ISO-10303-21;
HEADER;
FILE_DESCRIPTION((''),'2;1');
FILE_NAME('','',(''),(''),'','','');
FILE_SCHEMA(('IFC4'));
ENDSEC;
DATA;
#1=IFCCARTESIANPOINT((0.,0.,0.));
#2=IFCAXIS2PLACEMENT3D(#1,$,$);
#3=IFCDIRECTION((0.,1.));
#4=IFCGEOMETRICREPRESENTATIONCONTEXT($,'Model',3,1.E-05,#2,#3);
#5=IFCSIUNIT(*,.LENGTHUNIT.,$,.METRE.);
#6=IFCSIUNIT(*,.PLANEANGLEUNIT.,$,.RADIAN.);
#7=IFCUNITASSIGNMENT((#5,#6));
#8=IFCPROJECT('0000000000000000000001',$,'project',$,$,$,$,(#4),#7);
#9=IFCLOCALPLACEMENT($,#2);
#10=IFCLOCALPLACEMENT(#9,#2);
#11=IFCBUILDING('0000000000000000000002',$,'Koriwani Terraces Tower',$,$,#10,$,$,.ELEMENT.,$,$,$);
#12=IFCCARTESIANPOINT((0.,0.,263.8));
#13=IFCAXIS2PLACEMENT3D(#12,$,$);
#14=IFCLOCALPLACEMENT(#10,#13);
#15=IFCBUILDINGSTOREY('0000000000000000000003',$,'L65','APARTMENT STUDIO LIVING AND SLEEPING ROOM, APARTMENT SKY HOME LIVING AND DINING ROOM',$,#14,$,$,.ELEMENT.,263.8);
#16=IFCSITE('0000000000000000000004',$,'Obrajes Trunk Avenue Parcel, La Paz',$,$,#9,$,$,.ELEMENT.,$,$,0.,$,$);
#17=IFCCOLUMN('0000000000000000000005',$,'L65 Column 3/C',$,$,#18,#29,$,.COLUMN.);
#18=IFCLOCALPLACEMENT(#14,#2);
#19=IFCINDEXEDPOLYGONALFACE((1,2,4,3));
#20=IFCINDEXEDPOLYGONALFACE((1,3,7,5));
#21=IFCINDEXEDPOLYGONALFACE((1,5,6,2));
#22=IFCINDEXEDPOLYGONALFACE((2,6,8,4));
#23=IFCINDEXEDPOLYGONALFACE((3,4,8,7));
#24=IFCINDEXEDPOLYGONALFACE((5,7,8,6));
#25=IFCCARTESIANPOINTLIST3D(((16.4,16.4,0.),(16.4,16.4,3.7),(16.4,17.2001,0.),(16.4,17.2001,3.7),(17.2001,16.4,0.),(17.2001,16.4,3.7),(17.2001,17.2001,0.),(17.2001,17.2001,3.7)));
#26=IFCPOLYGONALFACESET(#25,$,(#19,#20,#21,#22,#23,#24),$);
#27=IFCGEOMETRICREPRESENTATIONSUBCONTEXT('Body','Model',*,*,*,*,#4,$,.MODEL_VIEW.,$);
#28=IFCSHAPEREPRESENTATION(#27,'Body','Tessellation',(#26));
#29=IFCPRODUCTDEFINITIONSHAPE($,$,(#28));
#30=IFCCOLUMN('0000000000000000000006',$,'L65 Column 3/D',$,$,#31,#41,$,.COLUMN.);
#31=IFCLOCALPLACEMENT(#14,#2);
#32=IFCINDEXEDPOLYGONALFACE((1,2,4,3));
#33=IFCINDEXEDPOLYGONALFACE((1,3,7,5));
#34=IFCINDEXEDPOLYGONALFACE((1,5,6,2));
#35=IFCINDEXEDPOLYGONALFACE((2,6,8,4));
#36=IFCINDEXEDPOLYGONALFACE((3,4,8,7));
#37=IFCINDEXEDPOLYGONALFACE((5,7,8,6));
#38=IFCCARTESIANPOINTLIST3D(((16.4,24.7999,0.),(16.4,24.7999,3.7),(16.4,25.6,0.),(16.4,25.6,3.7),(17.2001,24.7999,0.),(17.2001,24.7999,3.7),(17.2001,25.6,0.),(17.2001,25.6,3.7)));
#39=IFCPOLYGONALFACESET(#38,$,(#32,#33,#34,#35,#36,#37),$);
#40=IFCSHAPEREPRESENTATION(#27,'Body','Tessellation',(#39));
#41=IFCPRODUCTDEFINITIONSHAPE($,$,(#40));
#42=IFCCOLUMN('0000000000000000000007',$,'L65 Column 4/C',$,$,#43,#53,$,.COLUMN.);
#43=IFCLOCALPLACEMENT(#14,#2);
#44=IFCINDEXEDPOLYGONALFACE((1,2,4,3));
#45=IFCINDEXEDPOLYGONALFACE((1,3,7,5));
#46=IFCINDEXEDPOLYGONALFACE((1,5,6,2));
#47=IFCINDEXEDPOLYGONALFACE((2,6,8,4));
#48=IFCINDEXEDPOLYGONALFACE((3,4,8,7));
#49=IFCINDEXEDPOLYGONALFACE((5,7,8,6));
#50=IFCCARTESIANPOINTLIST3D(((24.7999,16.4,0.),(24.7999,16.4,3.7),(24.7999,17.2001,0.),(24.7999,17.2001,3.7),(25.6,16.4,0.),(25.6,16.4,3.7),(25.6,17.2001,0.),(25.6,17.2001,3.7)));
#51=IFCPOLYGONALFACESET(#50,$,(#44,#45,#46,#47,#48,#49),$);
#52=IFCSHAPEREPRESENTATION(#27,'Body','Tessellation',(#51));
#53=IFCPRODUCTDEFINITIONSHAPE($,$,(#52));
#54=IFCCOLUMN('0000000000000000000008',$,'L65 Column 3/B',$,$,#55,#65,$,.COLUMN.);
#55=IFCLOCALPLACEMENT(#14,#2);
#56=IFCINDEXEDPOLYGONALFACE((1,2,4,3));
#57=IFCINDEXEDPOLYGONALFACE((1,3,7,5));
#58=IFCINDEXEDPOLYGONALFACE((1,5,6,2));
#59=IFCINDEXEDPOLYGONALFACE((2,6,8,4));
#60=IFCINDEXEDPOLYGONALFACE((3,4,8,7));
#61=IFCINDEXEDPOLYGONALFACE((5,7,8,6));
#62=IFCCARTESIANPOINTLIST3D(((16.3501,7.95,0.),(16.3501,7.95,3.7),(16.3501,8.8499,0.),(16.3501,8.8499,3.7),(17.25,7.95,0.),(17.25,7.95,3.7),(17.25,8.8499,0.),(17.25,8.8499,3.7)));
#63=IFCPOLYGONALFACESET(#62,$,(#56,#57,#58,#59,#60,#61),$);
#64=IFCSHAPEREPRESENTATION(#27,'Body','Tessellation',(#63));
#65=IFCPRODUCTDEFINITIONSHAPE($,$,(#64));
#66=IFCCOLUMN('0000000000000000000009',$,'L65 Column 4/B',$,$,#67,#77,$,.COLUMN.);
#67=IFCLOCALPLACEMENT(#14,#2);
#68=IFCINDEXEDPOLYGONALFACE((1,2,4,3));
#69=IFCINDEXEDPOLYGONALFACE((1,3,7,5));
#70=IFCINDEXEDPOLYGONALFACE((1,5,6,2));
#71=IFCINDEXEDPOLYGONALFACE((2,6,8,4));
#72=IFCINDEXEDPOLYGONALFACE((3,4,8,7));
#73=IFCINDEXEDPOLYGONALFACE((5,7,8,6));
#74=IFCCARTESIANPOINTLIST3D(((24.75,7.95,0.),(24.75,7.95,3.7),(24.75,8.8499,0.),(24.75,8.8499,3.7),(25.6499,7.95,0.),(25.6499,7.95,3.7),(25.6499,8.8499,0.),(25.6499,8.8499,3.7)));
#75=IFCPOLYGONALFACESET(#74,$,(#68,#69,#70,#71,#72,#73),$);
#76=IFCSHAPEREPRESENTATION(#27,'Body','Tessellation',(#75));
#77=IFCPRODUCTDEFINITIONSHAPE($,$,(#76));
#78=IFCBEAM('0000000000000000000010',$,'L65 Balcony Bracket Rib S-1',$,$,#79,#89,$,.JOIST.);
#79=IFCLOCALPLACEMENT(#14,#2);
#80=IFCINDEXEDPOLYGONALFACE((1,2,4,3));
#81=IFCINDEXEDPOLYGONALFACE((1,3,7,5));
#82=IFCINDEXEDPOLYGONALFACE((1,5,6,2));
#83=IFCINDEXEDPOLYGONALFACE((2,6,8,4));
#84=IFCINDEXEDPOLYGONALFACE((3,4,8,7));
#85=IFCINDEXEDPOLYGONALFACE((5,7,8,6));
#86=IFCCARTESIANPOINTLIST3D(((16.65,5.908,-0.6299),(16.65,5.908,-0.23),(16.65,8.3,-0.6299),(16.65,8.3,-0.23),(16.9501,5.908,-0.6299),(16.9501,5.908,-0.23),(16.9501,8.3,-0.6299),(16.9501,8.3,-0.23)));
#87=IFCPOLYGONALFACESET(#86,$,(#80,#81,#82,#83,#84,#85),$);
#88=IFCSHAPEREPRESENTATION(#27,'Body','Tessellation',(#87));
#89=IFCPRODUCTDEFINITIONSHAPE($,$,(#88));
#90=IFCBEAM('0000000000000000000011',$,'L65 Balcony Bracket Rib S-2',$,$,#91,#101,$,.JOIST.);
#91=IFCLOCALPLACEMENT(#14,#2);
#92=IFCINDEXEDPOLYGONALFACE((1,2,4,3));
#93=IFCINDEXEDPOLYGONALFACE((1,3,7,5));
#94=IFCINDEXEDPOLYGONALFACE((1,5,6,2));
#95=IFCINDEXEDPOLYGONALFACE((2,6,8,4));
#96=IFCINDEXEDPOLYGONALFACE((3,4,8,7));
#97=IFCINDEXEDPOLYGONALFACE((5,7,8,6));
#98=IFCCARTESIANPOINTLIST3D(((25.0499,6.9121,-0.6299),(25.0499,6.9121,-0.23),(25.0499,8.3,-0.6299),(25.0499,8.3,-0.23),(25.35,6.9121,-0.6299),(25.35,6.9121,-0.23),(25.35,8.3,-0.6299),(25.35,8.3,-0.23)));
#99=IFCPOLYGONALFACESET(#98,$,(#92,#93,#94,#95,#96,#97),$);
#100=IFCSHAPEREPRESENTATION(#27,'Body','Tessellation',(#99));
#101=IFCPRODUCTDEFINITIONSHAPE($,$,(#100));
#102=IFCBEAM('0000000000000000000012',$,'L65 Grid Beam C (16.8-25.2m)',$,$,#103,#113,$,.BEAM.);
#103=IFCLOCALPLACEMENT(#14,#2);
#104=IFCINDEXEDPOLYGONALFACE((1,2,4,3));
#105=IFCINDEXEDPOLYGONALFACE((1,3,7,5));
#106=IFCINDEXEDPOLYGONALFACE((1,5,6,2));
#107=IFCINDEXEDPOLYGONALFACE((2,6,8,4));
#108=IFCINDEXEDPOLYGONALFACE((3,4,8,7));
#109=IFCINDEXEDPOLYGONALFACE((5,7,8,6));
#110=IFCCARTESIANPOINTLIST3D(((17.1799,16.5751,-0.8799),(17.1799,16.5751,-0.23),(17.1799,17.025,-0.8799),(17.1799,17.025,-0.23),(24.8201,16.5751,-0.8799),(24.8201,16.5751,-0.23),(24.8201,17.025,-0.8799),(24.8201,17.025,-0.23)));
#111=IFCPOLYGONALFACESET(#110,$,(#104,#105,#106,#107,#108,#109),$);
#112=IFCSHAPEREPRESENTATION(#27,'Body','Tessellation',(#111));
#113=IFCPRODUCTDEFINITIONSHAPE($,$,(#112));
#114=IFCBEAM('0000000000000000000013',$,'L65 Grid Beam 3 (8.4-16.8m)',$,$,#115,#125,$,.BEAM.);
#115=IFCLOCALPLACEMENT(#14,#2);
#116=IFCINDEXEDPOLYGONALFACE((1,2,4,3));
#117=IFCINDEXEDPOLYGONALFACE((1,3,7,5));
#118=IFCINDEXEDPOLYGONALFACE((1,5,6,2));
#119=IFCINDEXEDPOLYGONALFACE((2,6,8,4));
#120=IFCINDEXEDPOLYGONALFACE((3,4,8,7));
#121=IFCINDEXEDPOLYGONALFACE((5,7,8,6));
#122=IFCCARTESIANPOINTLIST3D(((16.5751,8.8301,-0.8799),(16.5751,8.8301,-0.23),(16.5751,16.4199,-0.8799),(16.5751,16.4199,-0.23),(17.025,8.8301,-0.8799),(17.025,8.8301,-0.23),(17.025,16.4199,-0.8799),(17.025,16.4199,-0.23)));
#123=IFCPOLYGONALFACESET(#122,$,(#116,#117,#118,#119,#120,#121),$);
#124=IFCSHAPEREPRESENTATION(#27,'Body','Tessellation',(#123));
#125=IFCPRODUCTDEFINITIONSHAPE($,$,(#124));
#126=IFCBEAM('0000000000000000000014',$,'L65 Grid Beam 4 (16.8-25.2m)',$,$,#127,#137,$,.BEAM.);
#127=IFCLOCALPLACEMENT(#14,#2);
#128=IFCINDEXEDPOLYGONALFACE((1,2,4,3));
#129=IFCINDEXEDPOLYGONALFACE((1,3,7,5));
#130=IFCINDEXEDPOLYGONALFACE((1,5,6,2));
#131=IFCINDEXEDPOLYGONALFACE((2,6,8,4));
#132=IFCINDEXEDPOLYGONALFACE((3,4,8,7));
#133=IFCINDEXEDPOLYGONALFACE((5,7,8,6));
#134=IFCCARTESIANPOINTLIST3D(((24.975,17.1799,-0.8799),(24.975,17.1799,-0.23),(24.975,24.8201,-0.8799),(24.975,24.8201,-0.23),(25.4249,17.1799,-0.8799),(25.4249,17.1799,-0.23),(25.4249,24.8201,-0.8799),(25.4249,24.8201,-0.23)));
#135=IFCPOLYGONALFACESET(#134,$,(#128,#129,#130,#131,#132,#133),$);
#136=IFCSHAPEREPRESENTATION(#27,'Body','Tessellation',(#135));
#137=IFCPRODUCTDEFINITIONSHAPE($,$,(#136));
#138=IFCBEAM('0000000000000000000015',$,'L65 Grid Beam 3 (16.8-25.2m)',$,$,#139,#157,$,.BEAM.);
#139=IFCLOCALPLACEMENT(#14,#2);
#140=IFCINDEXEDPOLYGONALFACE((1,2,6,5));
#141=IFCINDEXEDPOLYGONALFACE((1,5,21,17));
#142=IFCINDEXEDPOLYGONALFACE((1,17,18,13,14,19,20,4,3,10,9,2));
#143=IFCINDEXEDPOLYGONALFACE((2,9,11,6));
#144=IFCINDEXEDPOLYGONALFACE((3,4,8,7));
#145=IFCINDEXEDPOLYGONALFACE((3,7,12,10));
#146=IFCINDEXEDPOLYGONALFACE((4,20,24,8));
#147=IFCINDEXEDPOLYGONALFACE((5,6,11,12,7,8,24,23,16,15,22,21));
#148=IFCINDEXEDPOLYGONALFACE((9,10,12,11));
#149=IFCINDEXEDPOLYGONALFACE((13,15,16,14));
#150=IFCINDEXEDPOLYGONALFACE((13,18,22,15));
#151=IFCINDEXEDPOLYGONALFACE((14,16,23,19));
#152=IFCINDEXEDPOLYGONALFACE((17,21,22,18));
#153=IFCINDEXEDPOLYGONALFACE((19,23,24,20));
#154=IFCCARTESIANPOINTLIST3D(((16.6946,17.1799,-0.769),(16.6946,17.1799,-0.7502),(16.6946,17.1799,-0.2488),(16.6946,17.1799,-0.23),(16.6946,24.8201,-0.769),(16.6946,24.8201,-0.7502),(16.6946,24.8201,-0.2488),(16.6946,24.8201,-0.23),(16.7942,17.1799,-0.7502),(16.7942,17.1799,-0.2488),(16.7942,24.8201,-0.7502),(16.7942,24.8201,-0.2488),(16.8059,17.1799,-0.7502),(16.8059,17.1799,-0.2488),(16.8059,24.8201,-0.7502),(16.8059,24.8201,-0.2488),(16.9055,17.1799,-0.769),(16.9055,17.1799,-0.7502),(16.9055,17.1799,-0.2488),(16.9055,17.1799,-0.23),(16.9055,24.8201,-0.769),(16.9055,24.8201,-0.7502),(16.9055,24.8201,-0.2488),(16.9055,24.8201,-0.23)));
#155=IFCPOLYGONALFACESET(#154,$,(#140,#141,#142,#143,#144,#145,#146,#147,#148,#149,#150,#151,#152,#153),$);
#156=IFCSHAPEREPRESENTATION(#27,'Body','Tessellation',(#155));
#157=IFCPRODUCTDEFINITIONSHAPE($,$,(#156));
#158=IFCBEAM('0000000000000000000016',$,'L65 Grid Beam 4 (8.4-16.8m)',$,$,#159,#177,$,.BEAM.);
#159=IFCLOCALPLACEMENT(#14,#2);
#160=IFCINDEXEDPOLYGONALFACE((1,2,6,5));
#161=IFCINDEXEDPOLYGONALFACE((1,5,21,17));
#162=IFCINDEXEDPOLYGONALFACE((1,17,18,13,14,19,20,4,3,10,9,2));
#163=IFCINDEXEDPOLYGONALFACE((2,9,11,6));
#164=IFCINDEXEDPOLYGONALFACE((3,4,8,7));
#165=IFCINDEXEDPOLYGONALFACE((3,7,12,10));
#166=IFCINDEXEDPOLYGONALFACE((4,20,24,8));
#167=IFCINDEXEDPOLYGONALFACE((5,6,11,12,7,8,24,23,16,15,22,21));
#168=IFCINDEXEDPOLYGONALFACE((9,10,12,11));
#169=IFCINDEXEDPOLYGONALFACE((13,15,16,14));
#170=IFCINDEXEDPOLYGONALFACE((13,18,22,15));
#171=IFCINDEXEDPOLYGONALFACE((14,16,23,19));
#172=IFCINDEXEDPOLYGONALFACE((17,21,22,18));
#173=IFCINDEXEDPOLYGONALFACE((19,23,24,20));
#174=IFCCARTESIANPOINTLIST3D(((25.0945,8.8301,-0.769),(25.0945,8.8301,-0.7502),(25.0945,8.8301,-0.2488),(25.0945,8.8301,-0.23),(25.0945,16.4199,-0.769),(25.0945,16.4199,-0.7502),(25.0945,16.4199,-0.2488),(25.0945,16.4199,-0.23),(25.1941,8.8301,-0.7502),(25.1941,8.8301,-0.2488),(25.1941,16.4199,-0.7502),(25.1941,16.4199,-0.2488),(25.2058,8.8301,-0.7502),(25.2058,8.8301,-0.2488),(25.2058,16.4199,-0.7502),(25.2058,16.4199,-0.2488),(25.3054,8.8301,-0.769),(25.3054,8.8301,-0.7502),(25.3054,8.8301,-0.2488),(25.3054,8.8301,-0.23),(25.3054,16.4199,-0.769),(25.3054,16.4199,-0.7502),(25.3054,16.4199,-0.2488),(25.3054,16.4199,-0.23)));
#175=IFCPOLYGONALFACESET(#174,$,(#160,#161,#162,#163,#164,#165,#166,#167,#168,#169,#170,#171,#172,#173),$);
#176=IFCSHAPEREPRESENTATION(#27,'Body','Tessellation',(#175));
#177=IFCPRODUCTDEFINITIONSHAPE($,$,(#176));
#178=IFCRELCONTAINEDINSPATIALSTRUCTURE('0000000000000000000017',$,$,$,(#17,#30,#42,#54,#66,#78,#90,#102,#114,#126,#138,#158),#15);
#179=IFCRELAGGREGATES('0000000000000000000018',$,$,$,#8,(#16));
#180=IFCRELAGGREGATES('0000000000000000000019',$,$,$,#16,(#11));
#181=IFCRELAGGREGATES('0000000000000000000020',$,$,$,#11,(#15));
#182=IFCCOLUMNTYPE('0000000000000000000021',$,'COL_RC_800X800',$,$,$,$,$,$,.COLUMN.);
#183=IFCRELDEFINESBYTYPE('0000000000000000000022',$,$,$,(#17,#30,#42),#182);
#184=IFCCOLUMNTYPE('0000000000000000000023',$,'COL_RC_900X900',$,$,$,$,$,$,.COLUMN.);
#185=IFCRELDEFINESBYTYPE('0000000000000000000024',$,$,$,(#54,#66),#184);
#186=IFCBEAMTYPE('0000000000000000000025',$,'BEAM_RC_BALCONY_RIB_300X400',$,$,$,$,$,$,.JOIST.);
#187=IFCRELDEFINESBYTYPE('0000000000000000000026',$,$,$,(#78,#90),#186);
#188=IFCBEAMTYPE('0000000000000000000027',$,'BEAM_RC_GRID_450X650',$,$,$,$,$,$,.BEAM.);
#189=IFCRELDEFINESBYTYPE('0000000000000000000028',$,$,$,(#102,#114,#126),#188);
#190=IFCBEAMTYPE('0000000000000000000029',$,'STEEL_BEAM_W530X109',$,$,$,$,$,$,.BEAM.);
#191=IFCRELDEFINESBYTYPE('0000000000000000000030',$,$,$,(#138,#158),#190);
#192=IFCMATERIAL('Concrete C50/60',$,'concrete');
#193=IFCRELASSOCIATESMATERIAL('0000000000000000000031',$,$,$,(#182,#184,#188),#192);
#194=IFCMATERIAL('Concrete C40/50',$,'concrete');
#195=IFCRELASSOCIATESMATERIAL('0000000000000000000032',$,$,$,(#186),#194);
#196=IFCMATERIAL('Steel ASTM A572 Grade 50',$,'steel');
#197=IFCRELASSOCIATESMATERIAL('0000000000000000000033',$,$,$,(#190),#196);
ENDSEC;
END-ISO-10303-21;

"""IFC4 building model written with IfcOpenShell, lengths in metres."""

from ifc_helpers import new_model, si_unit, direction, frame, origin, origin_2d, place, context, subcontext, project, spatial, rectangle, i_section, extrude, material, material_profile, profile_set, type_object, element, save


model = new_model("IFC4")

# Units and contexts
model_context = context("Model", 3, precision=1e-05, world=origin(), true_north=direction((0.0, 1.0)))
body_context = subcontext(model_context, "Body", "Model", "MODEL_VIEW")
ifc_project = project(units=[si_unit("LENGTHUNIT", "METRE"), si_unit("PLANEANGLEUNIT", "RADIAN")], contexts=[model_context])

# Site, building, storey
site_placement = place(None, origin())
site = spatial("IfcSite", under=ifc_project, at=site_placement, Name="Obrajes Trunk Avenue Parcel, La Paz", CompositionType="ELEMENT", RefElevation=0.0)
building_placement = place(site_placement, origin())
building = spatial("IfcBuilding", under=site, at=building_placement, Name="Koriwani Terraces Tower", CompositionType="ELEMENT")
storey_placement = place(building_placement, frame((0.0, 0.0, 263.8)))
storey = spatial("IfcBuildingStorey", under=building, at=storey_placement, Name="L65", Description="APARTMENT STUDIO LIVING AND SLEEPING ROOM, APARTMENT SKY HOME LIVING AND DINING ROOM", CompositionType="ELEMENT", Elevation=263.8)

# Columns
ifc_material_1 = material(Name="Concrete C50/60", Category="concrete")
ifc_material_profile_1 = material_profile(ifc_material_1, rectangle(XDim=0.8, YDim=0.8, at=origin_2d()), Name="Concrete C50/60", Category="LoadBearing")
ifc_profile_set_1 = profile_set([ifc_material_profile_1], Name="Concrete C50/60")
column_type_1 = type_object("IfcColumnType", Name="COL_RC_800X800", PredefinedType="COLUMN", material=ifc_profile_set_1)
for number, where, z_axis, x_axis, name in (
    (1, (16.8, 16.8, 0.0), (0.0, 0.0, 1.0), (1.0, 0.0, 0.0), "L65 Column 3/C"),
    (2, (16.8, 25.2, 0.0), (0.0, 0.0, 1.0), (1.0, 0.0, 0.0), "L65 Column 3/D"),
    (3, (25.2, 16.8, 0.0), (0.0, 0.0, 1.0), (1.0, 0.0, 0.0), "L65 Column 4/C"),
):
    element("IfcColumn", number, at=place(storey_placement, frame(where, z_axis=z_axis, x_axis=x_axis)), inside=storey, type_object=column_type_1, Name=name, PredefinedType="COLUMN", context=body_context, shape_type="SweptSolid", body=[
        extrude(rectangle(XDim=0.8, YDim=0.8, at=origin_2d()), origin(), (0.0, 0.0, 1.0), 3.7),
    ])
ifc_material_profile_2 = material_profile(ifc_material_1, rectangle(XDim=0.8999, YDim=0.8999, at=origin_2d()), Name="Concrete C50/60", Category="LoadBearing")
ifc_profile_set_2 = profile_set([ifc_material_profile_2], Name="Concrete C50/60")
column_type_2 = type_object("IfcColumnType", Name="COL_RC_900X900", PredefinedType="COLUMN", material=ifc_profile_set_2)
for number, where, z_axis, x_axis, name in (
    (4, (16.8, 8.3999, 0.0), (0.0, 0.0, 1.0), (1.0, 0.0, 0.0), "L65 Column 3/B"),
    (5, (25.2, 8.3999, 0.0), (0.0, 0.0, 1.0), (1.0, 0.0, 0.0), "L65 Column 4/B"),
):
    element("IfcColumn", number, at=place(storey_placement, frame(where, z_axis=z_axis, x_axis=x_axis)), inside=storey, type_object=column_type_2, Name=name, PredefinedType="COLUMN", context=body_context, shape_type="SweptSolid", body=[
        extrude(rectangle(XDim=0.8999, YDim=0.8999, at=origin_2d()), origin(), (0.0, 0.0, 1.0), 3.7),
    ])

# Beams
ifc_material_2 = material(Name="Concrete C40/50", Category="concrete")
ifc_material_profile_3 = material_profile(ifc_material_2, rectangle(XDim=0.3, YDim=0.3999, at=origin_2d()), Name="Concrete C40/50", Category="LoadBearing")
ifc_profile_set_3 = profile_set([ifc_material_profile_3], Name="Concrete C40/50")
beam_type_1 = type_object("IfcBeamType", Name="BEAM_RC_BALCONY_RIB_300X400", PredefinedType="JOIST", material=ifc_profile_set_3)
beam_1_placement = place(storey_placement, frame((16.8, 5.908, -0.4299), z_axis=(0.0, 1.0, 0.0), x_axis=(-1.0, 0.0, 0.0)))
element("IfcBeam", 6, at=beam_1_placement, inside=storey, type_object=beam_type_1, Name="L65 Balcony Bracket Rib S-1", PredefinedType="JOIST", context=body_context, shape_type="SweptSolid", body=[
    extrude(rectangle(XDim=0.3, YDim=0.3999, at=origin_2d()), origin(), (0.0, 0.0, 1.0), 2.3921),
])
beam_2_placement = place(storey_placement, frame((25.2, 6.9121, -0.4299), z_axis=(0.0, 1.0, 0.0), x_axis=(-1.0, 0.0, 0.0)))
element("IfcBeam", 7, at=beam_2_placement, inside=storey, type_object=beam_type_1, Name="L65 Balcony Bracket Rib S-2", PredefinedType="JOIST", context=body_context, shape_type="SweptSolid", body=[
    extrude(rectangle(XDim=0.3, YDim=0.3999, at=origin_2d()), origin(), (0.0, 0.0, 1.0), 1.3879),
])
ifc_material_profile_4 = material_profile(ifc_material_1, rectangle(XDim=0.45, YDim=0.6499, at=origin_2d()), Name="Concrete C50/60", Category="LoadBearing")
ifc_profile_set_4 = profile_set([ifc_material_profile_4], Name="Concrete C50/60")
beam_type_2 = type_object("IfcBeamType", Name="BEAM_RC_GRID_450X650", PredefinedType="BEAM", material=ifc_profile_set_4)
beam_3_placement = place(storey_placement, frame((17.1799, 16.8, -0.5549), z_axis=(1.0, 0.0, 0.0), x_axis=(0.0, 1.0, 0.0)))
element("IfcBeam", 8, at=beam_3_placement, inside=storey, type_object=beam_type_2, Name="L65 Grid Beam C (16.8-25.2m)", PredefinedType="BEAM", context=body_context, shape_type="SweptSolid", body=[
    extrude(rectangle(XDim=0.45, YDim=0.6499, at=origin_2d()), origin(), (0.0, 0.0, 1.0), 7.6401),
])
beam_4_placement = place(storey_placement, frame((16.8, 8.8301, -0.5549), z_axis=(0.0, 1.0, 0.0), x_axis=(-1.0, 0.0, 0.0)))
element("IfcBeam", 9, at=beam_4_placement, inside=storey, type_object=beam_type_2, Name="L65 Grid Beam 3 (8.4-16.8m)", PredefinedType="BEAM", context=body_context, shape_type="SweptSolid", body=[
    extrude(rectangle(XDim=0.45, YDim=0.6499, at=origin_2d()), origin(), (0.0, 0.0, 1.0), 7.5898),
])
beam_5_placement = place(storey_placement, frame((25.2, 17.1799, -0.5549), z_axis=(0.0, 1.0, 0.0), x_axis=(-1.0, 0.0, 0.0)))
element("IfcBeam", 10, at=beam_5_placement, inside=storey, type_object=beam_type_2, Name="L65 Grid Beam 4 (16.8-25.2m)", PredefinedType="BEAM", context=body_context, shape_type="SweptSolid", body=[
    extrude(rectangle(XDim=0.45, YDim=0.6499, at=origin_2d()), origin(), (0.0, 0.0, 1.0), 7.6401),
])
ifc_material_3 = material(Name="Steel ASTM A572 Grade 50", Category="steel")
ifc_material_profile_5 = material_profile(ifc_material_3, i_section(OverallWidth=0.2109, OverallDepth=0.5391, WebThickness=0.0117, FlangeThickness=0.0188, at=origin_2d()), Name="Steel ASTM A572 Grade 50", Category="LoadBearing")
ifc_profile_set_5 = profile_set([ifc_material_profile_5], Name="Steel ASTM A572 Grade 50")
beam_type_3 = type_object("IfcBeamType", Name="STEEL_BEAM_W530X109", PredefinedType="BEAM", material=ifc_profile_set_5)
beam_6_placement = place(storey_placement, frame((16.8, 17.1799, -0.4995), z_axis=(0.0, 1.0, 0.0), x_axis=(-1.0, 0.0, 0.0)))
element("IfcBeam", 11, at=beam_6_placement, inside=storey, type_object=beam_type_3, Name="L65 Grid Beam 3 (16.8-25.2m)", PredefinedType="BEAM", context=body_context, shape_type="SweptSolid", body=[
    extrude(i_section(OverallWidth=0.2109, OverallDepth=0.5391, WebThickness=0.0117, FlangeThickness=0.0188, at=origin_2d()), origin(), (0.0, 0.0, 1.0), 7.6401),
])
beam_7_placement = place(storey_placement, frame((25.2, 8.8301, -0.4995), z_axis=(0.0, 1.0, 0.0), x_axis=(-1.0, 0.0, 0.0)))
element("IfcBeam", 12, at=beam_7_placement, inside=storey, type_object=beam_type_3, Name="L65 Grid Beam 4 (8.4-16.8m)", PredefinedType="BEAM", context=body_context, shape_type="SweptSolid", body=[
    extrude(i_section(OverallWidth=0.2109, OverallDepth=0.5391, WebThickness=0.0117, FlangeThickness=0.0188, at=origin_2d()), origin(), (0.0, 0.0, 1.0), 7.5898),
])

save(model, "model.ifc")
